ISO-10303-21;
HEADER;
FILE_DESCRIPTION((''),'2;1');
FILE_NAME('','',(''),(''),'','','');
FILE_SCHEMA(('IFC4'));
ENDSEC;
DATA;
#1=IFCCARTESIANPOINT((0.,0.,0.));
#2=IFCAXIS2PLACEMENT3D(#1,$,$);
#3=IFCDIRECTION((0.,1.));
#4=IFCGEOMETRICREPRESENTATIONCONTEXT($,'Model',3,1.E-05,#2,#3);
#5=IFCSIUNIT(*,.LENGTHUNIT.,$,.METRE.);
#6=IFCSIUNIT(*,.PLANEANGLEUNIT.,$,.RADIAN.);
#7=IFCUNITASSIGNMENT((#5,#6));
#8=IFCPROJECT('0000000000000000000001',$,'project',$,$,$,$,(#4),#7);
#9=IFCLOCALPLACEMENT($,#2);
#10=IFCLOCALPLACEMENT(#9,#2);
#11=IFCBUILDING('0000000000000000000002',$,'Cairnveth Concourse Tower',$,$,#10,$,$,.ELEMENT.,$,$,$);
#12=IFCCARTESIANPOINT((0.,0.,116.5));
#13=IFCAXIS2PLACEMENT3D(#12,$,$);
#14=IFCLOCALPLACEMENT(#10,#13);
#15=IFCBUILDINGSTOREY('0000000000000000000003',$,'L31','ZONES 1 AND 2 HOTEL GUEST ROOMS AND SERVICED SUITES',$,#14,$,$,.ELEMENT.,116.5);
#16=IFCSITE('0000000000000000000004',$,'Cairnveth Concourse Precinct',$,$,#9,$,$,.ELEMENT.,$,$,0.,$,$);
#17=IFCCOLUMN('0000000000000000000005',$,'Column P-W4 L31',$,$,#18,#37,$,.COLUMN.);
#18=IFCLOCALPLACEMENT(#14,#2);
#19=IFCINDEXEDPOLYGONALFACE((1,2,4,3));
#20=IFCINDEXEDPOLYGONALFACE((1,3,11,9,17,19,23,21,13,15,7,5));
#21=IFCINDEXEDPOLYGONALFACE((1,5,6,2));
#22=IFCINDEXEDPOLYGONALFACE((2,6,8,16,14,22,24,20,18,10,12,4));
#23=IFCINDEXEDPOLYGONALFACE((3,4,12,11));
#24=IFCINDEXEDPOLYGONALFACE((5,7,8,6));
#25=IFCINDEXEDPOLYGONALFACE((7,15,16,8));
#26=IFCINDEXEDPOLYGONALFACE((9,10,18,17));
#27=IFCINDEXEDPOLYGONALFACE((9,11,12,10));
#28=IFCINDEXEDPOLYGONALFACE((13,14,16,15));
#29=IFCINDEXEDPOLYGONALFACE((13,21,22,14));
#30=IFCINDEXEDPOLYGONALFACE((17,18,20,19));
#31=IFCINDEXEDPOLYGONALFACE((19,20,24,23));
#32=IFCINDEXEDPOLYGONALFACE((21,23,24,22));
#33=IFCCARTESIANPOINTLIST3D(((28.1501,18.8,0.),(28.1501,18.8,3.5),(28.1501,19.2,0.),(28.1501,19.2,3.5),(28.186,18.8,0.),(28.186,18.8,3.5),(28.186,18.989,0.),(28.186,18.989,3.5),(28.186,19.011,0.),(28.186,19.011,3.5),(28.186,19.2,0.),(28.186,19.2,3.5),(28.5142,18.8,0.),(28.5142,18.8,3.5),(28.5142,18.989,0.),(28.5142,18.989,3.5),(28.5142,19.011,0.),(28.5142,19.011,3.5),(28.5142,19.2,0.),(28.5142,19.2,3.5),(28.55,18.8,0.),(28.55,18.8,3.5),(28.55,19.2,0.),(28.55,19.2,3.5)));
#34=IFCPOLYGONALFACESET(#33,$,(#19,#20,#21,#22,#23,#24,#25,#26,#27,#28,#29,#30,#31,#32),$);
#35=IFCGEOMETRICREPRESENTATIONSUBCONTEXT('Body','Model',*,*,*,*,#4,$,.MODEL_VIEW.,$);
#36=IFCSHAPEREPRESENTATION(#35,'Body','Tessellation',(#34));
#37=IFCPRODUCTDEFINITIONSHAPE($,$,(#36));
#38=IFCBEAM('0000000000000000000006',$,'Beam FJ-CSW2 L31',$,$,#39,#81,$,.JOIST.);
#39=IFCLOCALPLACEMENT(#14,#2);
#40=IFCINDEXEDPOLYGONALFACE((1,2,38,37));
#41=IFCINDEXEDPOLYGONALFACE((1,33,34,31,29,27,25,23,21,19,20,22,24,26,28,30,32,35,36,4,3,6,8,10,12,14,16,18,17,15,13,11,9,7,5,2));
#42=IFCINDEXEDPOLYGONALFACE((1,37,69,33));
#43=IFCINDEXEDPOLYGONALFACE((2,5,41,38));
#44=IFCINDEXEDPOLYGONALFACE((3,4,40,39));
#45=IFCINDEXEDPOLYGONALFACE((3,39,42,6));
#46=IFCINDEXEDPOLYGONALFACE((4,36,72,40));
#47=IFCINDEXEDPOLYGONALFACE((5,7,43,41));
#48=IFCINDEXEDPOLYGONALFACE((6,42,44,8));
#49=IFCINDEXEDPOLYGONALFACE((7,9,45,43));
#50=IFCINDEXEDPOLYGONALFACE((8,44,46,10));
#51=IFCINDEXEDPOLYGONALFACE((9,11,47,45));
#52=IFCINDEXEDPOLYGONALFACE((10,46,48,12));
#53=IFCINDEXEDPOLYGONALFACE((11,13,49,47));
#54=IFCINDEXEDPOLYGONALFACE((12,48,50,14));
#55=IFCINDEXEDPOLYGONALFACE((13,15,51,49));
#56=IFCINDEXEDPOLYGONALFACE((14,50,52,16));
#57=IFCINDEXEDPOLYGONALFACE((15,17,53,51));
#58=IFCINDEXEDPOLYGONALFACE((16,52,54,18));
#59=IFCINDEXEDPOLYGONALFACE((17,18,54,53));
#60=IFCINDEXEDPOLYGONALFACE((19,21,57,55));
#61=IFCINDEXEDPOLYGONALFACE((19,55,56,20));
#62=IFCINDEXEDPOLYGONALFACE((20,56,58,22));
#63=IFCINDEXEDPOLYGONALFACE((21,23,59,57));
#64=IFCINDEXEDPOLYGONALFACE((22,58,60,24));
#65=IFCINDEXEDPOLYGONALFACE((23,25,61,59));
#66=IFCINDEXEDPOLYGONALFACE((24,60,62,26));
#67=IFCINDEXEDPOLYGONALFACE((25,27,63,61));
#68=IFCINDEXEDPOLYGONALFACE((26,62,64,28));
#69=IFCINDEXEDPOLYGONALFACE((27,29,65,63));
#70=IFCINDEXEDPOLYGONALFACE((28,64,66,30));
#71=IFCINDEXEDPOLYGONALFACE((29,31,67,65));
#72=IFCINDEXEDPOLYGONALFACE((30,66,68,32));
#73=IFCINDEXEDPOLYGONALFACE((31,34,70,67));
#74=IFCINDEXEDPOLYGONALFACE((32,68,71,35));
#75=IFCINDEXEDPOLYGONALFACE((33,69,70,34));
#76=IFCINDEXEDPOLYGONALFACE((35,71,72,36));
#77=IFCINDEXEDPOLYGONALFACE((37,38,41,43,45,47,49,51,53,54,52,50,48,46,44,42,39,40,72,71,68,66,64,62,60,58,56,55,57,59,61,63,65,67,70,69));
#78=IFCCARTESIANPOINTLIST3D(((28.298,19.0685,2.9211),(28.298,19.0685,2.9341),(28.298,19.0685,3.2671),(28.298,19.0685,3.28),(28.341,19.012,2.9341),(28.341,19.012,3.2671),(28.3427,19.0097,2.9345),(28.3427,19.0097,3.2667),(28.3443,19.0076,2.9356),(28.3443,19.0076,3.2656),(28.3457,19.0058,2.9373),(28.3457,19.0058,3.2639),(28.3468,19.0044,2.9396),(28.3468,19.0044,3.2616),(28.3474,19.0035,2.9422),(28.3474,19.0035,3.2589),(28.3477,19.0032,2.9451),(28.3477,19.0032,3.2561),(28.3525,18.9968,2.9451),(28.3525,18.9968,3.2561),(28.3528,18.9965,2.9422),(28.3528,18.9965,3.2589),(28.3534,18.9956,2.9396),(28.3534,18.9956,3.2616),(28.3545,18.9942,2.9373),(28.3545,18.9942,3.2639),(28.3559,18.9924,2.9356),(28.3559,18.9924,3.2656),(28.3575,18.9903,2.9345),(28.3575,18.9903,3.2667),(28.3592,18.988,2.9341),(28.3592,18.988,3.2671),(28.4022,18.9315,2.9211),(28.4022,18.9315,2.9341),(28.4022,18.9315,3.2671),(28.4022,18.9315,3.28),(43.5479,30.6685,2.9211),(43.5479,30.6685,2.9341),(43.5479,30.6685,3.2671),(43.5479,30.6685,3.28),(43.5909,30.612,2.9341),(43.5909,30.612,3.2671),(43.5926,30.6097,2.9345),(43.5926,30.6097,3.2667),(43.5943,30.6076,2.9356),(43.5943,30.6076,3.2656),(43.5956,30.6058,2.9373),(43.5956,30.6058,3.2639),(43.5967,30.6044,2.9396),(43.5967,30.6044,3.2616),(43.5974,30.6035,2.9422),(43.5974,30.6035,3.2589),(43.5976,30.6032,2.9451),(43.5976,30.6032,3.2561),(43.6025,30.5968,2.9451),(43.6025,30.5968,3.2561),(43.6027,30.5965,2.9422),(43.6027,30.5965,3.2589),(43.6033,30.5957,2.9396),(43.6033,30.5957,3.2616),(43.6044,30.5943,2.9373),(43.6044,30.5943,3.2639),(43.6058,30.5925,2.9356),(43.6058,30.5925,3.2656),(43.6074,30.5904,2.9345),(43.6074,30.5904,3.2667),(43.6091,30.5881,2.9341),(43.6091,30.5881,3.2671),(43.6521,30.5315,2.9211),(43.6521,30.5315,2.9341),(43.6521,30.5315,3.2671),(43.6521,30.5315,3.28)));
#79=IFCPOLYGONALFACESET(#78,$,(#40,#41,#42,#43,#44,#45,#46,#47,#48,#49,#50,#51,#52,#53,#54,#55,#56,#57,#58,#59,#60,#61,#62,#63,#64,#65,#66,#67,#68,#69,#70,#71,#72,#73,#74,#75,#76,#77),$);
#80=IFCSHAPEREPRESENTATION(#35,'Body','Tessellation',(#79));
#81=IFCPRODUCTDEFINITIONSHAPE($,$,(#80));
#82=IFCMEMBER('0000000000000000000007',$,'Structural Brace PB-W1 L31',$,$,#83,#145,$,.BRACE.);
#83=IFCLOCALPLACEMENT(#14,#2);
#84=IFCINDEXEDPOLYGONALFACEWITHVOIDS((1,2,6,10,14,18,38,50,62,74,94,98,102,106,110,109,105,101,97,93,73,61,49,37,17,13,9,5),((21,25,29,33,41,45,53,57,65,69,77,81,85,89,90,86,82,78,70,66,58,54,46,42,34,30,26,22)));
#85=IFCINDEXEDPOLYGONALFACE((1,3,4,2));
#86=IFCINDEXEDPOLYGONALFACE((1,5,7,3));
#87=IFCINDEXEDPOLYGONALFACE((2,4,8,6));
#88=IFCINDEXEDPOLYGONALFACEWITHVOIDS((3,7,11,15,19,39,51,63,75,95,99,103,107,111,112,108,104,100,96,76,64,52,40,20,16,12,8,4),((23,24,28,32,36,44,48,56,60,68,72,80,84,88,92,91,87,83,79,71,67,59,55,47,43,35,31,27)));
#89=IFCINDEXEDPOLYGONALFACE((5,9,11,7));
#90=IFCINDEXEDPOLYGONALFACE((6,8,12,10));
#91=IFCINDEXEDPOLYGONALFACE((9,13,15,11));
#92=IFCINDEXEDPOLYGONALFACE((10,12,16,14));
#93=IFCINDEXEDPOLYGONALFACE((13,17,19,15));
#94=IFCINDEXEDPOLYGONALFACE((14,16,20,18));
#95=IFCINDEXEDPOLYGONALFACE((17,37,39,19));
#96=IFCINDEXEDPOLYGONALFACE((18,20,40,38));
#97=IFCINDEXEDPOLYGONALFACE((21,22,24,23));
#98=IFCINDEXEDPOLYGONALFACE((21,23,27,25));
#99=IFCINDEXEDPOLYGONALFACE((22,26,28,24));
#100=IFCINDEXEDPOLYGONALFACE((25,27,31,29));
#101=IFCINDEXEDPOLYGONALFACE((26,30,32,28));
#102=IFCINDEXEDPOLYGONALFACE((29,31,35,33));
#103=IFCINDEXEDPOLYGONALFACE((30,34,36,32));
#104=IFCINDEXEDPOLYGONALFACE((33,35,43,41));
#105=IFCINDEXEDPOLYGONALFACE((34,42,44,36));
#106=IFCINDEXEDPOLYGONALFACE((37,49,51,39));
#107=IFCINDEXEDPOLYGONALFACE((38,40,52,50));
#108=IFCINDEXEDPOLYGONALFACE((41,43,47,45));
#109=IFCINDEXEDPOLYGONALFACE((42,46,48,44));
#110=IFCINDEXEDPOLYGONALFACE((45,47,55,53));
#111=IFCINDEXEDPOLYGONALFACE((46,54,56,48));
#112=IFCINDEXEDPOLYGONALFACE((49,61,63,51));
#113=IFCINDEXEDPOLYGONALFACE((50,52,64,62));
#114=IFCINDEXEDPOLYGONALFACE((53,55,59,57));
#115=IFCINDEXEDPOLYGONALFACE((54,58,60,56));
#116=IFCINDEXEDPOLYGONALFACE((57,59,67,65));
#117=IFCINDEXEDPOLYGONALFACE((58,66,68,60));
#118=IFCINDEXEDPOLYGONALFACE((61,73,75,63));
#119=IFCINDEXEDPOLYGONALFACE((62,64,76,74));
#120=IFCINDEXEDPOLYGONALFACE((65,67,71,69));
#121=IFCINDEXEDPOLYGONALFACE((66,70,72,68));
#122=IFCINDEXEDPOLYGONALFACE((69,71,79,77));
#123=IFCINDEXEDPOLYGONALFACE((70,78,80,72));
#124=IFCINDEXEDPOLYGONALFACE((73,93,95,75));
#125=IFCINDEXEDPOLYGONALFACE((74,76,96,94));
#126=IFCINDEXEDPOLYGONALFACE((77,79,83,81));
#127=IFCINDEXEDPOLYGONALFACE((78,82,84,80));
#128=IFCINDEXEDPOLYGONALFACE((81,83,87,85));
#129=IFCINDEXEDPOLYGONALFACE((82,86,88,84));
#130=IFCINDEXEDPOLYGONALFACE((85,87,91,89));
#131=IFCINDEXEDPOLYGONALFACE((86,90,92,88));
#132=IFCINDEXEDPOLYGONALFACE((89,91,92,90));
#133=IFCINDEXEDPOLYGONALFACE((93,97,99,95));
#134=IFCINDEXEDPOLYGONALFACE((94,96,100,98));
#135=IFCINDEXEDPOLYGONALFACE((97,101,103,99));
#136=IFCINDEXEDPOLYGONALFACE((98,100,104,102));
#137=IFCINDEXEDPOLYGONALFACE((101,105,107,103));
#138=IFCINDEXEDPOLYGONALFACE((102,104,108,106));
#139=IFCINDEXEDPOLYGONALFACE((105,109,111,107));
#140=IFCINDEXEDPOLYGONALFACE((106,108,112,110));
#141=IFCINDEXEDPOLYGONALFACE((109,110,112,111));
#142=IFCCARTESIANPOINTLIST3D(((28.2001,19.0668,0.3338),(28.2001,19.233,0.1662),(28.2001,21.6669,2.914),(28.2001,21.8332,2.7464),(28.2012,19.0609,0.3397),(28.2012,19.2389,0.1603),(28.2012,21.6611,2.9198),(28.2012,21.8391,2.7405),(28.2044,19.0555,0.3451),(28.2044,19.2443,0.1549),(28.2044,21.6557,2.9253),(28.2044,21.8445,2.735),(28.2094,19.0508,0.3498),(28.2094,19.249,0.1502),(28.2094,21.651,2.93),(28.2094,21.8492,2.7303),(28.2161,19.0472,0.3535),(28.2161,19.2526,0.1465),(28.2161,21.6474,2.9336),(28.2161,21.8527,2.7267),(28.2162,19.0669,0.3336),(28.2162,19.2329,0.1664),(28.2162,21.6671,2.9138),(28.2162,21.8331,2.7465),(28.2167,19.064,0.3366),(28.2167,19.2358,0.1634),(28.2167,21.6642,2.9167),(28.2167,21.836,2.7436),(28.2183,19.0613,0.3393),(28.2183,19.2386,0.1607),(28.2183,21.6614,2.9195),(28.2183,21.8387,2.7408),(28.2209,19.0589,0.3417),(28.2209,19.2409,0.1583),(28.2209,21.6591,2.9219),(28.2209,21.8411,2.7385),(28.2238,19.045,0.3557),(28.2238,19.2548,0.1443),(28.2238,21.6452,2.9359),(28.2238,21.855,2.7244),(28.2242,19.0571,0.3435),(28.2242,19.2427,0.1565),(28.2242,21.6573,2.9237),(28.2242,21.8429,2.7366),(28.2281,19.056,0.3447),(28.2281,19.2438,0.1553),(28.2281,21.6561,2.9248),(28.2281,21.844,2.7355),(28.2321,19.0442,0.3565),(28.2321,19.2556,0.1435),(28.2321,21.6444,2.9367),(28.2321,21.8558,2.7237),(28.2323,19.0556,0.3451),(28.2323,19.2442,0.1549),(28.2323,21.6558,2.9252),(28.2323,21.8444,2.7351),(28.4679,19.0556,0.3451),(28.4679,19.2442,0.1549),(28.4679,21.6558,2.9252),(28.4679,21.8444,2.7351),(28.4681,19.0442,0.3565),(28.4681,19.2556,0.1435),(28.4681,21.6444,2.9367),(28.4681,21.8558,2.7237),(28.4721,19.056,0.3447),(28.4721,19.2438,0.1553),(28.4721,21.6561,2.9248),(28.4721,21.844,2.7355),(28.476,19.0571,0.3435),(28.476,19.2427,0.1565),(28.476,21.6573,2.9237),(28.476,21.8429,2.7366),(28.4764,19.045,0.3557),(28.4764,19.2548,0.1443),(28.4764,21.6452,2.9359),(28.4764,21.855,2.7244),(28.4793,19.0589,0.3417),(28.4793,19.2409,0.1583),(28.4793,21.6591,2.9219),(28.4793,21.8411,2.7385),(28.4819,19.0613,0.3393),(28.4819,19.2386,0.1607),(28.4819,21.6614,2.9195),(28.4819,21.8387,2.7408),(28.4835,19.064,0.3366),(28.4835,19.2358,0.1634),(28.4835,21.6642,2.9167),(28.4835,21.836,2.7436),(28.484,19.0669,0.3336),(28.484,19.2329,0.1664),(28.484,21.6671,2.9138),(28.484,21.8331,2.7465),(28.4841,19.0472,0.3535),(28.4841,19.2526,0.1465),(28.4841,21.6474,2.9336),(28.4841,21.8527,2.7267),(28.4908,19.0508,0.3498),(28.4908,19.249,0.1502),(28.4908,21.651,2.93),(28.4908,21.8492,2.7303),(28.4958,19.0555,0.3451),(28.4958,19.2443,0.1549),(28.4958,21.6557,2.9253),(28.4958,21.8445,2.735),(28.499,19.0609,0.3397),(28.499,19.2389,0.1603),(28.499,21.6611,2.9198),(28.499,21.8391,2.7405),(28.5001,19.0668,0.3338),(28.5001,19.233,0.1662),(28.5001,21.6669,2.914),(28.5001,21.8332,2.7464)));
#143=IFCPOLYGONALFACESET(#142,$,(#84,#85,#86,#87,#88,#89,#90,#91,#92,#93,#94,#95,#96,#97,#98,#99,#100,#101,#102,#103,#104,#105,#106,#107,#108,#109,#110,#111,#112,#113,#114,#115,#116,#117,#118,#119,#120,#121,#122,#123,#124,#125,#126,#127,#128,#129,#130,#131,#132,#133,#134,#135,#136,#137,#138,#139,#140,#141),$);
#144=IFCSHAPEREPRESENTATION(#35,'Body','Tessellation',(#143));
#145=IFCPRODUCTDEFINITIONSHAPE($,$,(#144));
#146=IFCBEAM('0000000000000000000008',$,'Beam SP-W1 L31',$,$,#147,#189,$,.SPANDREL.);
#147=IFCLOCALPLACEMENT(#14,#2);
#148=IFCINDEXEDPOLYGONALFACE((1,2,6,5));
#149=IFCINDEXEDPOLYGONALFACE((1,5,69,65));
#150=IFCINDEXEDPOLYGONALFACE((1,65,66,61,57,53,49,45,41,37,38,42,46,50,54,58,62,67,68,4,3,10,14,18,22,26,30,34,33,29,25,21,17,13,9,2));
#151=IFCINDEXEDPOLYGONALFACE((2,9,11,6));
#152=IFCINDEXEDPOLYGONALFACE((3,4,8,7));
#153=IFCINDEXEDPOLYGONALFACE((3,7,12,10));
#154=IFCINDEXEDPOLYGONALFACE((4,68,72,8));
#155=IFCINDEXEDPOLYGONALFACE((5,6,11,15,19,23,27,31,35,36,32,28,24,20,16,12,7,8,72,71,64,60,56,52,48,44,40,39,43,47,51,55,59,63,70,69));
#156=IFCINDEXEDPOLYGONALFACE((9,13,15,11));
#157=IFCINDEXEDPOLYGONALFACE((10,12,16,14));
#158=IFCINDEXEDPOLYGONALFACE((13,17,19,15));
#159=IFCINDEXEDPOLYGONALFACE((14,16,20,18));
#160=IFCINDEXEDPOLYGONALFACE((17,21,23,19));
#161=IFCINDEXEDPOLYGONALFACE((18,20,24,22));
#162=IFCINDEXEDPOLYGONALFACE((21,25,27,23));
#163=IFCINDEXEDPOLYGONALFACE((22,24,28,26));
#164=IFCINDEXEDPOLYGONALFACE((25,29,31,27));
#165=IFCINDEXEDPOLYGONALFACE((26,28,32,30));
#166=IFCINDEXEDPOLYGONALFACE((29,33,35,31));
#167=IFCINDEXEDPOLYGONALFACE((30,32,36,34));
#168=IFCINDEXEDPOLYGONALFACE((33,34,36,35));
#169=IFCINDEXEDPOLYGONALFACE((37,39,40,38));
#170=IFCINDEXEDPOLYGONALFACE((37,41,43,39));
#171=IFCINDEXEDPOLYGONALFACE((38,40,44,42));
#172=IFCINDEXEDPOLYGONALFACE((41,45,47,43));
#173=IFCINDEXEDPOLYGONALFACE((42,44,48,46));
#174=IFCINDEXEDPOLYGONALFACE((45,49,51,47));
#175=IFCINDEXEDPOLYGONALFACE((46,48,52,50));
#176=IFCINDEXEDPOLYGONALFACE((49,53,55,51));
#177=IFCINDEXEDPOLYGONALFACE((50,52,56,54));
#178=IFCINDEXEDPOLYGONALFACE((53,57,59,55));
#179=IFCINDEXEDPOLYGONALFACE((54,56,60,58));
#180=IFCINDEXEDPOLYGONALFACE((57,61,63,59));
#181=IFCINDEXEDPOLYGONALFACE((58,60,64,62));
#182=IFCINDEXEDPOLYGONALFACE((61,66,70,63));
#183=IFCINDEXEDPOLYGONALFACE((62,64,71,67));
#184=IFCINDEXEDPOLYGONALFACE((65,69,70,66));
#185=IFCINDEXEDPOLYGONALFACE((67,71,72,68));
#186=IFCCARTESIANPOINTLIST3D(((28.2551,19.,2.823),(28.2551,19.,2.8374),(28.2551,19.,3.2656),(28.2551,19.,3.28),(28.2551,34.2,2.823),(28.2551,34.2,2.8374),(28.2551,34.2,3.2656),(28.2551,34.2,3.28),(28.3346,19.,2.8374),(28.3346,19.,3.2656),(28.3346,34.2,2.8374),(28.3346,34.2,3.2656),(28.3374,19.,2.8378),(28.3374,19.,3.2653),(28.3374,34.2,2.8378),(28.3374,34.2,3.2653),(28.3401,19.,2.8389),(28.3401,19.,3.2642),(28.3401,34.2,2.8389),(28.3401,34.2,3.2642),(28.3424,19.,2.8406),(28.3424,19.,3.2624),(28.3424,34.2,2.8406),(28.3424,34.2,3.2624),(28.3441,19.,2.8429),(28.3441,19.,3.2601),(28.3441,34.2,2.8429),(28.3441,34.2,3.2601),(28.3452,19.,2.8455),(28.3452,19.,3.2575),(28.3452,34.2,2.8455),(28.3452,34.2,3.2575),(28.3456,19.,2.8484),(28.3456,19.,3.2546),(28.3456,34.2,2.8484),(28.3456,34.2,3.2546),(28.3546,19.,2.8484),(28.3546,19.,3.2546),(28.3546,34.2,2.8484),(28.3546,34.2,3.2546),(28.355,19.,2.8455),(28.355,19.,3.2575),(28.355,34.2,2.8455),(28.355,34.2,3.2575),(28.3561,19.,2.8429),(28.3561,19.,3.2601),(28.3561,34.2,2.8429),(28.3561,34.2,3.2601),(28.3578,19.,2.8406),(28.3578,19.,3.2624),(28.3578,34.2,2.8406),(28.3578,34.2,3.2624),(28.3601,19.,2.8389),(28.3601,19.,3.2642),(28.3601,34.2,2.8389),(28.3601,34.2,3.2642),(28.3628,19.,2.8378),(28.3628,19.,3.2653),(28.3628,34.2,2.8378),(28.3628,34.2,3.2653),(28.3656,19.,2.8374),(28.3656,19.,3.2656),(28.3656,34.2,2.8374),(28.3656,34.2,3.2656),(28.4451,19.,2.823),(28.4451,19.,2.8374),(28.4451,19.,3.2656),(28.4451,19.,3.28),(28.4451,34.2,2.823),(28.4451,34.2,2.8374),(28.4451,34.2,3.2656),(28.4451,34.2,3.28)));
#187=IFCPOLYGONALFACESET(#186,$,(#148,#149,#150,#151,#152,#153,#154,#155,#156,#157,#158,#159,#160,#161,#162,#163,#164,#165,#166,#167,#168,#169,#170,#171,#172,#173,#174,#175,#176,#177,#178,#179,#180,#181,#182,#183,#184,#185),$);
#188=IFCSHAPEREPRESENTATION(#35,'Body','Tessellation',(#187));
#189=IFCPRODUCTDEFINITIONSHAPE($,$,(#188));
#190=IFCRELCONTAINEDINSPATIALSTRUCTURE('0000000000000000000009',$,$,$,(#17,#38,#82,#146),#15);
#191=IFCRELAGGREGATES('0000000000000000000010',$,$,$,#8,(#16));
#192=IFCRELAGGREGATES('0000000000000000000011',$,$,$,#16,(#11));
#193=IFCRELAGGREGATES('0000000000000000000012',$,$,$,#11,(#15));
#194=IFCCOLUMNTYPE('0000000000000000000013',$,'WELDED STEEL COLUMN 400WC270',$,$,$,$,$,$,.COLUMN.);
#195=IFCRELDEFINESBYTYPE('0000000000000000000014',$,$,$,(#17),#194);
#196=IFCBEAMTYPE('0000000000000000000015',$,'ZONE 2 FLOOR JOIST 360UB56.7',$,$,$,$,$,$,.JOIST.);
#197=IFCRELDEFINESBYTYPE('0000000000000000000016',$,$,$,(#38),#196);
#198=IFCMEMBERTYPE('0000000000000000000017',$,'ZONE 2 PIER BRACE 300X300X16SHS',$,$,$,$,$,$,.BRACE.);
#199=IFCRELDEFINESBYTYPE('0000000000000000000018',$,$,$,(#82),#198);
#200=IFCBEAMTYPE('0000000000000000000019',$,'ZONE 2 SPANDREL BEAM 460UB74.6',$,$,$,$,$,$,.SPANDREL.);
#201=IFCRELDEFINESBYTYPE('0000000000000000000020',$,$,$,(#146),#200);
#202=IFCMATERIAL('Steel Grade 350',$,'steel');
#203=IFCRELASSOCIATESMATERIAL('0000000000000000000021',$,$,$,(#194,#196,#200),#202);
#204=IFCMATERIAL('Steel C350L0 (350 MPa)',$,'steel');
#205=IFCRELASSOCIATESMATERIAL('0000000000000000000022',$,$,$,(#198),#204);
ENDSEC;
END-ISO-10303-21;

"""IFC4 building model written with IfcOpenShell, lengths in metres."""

from ifc_helpers import new_model, si_unit, direction, frame, origin, origin_2d, place, context, subcontext, project, spatial, hollow_rectangle, i_section, extrude, material, material_profile, profile_set, type_object, element, save


model = new_model("IFC4")

# Units and contexts
model_context = context("Model", 3, precision=1e-05, world=origin(), true_north=direction((0.0, 1.0)))
body_context = subcontext(model_context, "Body", "Model", "MODEL_VIEW")
ifc_project = project(units=[si_unit("LENGTHUNIT", "METRE"), si_unit("PLANEANGLEUNIT", "RADIAN")], contexts=[model_context])

# Site, building, storey
site_placement = place(None, origin())
site = spatial("IfcSite", under=ifc_project, at=site_placement, Name="Cairnveth Concourse Precinct", CompositionType="ELEMENT", RefElevation=0.0)
building_placement = place(site_placement, origin())
building = spatial("IfcBuilding", under=site, at=building_placement, Name="Cairnveth Concourse Tower", CompositionType="ELEMENT")
storey_placement = place(building_placement, frame((0.0, 0.0, 116.5)))
storey = spatial("IfcBuildingStorey", under=building, at=storey_placement, Name="L31", Description="ZONES 1 AND 2 HOTEL GUEST ROOMS AND SERVICED SUITES", CompositionType="ELEMENT", Elevation=116.5)

# Column
ifc_material_1 = material(Name="Steel Grade 350", Category="steel")
ifc_material_profile_1 = material_profile(ifc_material_1, i_section(OverallWidth=0.3999, OverallDepth=0.3999, WebThickness=0.022, FlangeThickness=0.0359, at=origin_2d()), Name="400WC270")
ifc_profile_set_1 = profile_set([ifc_material_profile_1], Name="Steel Grade 350")
column_type = type_object("IfcColumnType", Name="WELDED STEEL COLUMN 400WC270", PredefinedType="COLUMN", material=ifc_profile_set_1)
column_placement = place(storey_placement, frame((28.3501, 19.0, 0.0), z_axis=(0.0, 0.0, 1.0), x_axis=(0.0, 1.0, 0.0)))
element("IfcColumn", 1, at=column_placement, inside=storey, type_object=column_type, Name="Column P-W4 L31", PredefinedType="COLUMN", context=body_context, shape_type="SweptSolid", body=[
    extrude(i_section(OverallWidth=0.3999, OverallDepth=0.3999, WebThickness=0.022, FlangeThickness=0.0359, at=origin_2d()), origin(), (0.0, 0.0, 1.0), 3.5),
])

# Beam
ifc_material_profile_2 = material_profile(ifc_material_1, i_section(OverallWidth=0.1721, OverallDepth=0.3589, WebThickness=0.0081, FlangeThickness=0.0129, FilletRadius=0.011, at=origin_2d()), Name="360UB56.7")
ifc_profile_set_2 = profile_set([ifc_material_profile_2], Name="Steel Grade 350")
beam_type_1 = type_object("IfcBeamType", Name="ZONE 2 FLOOR JOIST 360UB56.7", PredefinedType="JOIST", material=ifc_profile_set_2)
beam_1_placement = place(storey_placement, frame((28.3501, 19.0, 3.1006), z_axis=(0.795908, 0.605417, 0.0), x_axis=(-0.605417, 0.795908, 0.0)))
element("IfcBeam", 2, at=beam_1_placement, inside=storey, type_object=beam_type_1, Name="Beam FJ-CSW2 L31", PredefinedType="JOIST", context=body_context, shape_type="SweptSolid", body=[
    extrude(i_section(OverallWidth=0.1721, OverallDepth=0.3589, WebThickness=0.0081, FlangeThickness=0.0129, FilletRadius=0.011, at=origin_2d()), origin(), (0.0, 0.0, 1.0), 19.1604),
])

# Member
ifc_material_2 = material(Name="Steel C350L0 (350 MPa)", Category="steel")
ifc_material_profile_3 = material_profile(ifc_material_2, hollow_rectangle(XDim=0.3, YDim=0.3, WallThickness=0.0161, InnerFilletRadius=0.0161, OuterFilletRadius=0.032, at=origin_2d()), Name="300x300x16.0SHS")
ifc_profile_set_3 = profile_set([ifc_material_profile_3], Name="Steel C350L0 (350 MPa)")
member_type = type_object("IfcMemberType", Name="ZONE 2 PIER BRACE 300X300X16SHS", PredefinedType="BRACE", material=ifc_profile_set_3)
member_placement = place(storey_placement, frame((28.3501, 19.1499, 0.25), z_axis=(0.0, 0.709834, 0.704369), x_axis=(-1.0, 0.0, 0.0)))
element("IfcMember", 3, at=member_placement, inside=storey, type_object=member_type, Name="Structural Brace PB-W1 L31", PredefinedType="BRACE", context=body_context, shape_type="SweptSolid", body=[
    extrude(hollow_rectangle(XDim=0.3, YDim=0.3, WallThickness=0.0161, InnerFilletRadius=0.0161, OuterFilletRadius=0.032, at=origin_2d()), origin(), (0.0, 0.0, 1.0), 3.6631),
])

# Beam
ifc_material_profile_4 = material_profile(ifc_material_1, i_section(OverallWidth=0.1899, OverallDepth=0.457, WebThickness=0.009, FlangeThickness=0.0144, FilletRadius=0.011, at=origin_2d()), Name="460UB74.6")
ifc_profile_set_4 = profile_set([ifc_material_profile_4], Name="Steel Grade 350")
beam_type_2 = type_object("IfcBeamType", Name="ZONE 2 SPANDREL BEAM 460UB74.6", PredefinedType="SPANDREL", material=ifc_profile_set_4)
beam_2_placement = place(storey_placement, frame((28.3501, 19.0, 3.0515), z_axis=(0.0, 1.0, 0.0), x_axis=(-1.0, 0.0, 0.0)))
element("IfcBeam", 4, at=beam_2_placement, inside=storey, type_object=beam_type_2, Name="Beam SP-W1 L31", PredefinedType="SPANDREL", context=body_context, shape_type="SweptSolid", body=[
    extrude(i_section(OverallWidth=0.1899, OverallDepth=0.457, WebThickness=0.009, FlangeThickness=0.0144, FilletRadius=0.011, at=origin_2d()), origin(), (0.0, 0.0, 1.0), 15.2),
])

save(model, "model.ifc")
